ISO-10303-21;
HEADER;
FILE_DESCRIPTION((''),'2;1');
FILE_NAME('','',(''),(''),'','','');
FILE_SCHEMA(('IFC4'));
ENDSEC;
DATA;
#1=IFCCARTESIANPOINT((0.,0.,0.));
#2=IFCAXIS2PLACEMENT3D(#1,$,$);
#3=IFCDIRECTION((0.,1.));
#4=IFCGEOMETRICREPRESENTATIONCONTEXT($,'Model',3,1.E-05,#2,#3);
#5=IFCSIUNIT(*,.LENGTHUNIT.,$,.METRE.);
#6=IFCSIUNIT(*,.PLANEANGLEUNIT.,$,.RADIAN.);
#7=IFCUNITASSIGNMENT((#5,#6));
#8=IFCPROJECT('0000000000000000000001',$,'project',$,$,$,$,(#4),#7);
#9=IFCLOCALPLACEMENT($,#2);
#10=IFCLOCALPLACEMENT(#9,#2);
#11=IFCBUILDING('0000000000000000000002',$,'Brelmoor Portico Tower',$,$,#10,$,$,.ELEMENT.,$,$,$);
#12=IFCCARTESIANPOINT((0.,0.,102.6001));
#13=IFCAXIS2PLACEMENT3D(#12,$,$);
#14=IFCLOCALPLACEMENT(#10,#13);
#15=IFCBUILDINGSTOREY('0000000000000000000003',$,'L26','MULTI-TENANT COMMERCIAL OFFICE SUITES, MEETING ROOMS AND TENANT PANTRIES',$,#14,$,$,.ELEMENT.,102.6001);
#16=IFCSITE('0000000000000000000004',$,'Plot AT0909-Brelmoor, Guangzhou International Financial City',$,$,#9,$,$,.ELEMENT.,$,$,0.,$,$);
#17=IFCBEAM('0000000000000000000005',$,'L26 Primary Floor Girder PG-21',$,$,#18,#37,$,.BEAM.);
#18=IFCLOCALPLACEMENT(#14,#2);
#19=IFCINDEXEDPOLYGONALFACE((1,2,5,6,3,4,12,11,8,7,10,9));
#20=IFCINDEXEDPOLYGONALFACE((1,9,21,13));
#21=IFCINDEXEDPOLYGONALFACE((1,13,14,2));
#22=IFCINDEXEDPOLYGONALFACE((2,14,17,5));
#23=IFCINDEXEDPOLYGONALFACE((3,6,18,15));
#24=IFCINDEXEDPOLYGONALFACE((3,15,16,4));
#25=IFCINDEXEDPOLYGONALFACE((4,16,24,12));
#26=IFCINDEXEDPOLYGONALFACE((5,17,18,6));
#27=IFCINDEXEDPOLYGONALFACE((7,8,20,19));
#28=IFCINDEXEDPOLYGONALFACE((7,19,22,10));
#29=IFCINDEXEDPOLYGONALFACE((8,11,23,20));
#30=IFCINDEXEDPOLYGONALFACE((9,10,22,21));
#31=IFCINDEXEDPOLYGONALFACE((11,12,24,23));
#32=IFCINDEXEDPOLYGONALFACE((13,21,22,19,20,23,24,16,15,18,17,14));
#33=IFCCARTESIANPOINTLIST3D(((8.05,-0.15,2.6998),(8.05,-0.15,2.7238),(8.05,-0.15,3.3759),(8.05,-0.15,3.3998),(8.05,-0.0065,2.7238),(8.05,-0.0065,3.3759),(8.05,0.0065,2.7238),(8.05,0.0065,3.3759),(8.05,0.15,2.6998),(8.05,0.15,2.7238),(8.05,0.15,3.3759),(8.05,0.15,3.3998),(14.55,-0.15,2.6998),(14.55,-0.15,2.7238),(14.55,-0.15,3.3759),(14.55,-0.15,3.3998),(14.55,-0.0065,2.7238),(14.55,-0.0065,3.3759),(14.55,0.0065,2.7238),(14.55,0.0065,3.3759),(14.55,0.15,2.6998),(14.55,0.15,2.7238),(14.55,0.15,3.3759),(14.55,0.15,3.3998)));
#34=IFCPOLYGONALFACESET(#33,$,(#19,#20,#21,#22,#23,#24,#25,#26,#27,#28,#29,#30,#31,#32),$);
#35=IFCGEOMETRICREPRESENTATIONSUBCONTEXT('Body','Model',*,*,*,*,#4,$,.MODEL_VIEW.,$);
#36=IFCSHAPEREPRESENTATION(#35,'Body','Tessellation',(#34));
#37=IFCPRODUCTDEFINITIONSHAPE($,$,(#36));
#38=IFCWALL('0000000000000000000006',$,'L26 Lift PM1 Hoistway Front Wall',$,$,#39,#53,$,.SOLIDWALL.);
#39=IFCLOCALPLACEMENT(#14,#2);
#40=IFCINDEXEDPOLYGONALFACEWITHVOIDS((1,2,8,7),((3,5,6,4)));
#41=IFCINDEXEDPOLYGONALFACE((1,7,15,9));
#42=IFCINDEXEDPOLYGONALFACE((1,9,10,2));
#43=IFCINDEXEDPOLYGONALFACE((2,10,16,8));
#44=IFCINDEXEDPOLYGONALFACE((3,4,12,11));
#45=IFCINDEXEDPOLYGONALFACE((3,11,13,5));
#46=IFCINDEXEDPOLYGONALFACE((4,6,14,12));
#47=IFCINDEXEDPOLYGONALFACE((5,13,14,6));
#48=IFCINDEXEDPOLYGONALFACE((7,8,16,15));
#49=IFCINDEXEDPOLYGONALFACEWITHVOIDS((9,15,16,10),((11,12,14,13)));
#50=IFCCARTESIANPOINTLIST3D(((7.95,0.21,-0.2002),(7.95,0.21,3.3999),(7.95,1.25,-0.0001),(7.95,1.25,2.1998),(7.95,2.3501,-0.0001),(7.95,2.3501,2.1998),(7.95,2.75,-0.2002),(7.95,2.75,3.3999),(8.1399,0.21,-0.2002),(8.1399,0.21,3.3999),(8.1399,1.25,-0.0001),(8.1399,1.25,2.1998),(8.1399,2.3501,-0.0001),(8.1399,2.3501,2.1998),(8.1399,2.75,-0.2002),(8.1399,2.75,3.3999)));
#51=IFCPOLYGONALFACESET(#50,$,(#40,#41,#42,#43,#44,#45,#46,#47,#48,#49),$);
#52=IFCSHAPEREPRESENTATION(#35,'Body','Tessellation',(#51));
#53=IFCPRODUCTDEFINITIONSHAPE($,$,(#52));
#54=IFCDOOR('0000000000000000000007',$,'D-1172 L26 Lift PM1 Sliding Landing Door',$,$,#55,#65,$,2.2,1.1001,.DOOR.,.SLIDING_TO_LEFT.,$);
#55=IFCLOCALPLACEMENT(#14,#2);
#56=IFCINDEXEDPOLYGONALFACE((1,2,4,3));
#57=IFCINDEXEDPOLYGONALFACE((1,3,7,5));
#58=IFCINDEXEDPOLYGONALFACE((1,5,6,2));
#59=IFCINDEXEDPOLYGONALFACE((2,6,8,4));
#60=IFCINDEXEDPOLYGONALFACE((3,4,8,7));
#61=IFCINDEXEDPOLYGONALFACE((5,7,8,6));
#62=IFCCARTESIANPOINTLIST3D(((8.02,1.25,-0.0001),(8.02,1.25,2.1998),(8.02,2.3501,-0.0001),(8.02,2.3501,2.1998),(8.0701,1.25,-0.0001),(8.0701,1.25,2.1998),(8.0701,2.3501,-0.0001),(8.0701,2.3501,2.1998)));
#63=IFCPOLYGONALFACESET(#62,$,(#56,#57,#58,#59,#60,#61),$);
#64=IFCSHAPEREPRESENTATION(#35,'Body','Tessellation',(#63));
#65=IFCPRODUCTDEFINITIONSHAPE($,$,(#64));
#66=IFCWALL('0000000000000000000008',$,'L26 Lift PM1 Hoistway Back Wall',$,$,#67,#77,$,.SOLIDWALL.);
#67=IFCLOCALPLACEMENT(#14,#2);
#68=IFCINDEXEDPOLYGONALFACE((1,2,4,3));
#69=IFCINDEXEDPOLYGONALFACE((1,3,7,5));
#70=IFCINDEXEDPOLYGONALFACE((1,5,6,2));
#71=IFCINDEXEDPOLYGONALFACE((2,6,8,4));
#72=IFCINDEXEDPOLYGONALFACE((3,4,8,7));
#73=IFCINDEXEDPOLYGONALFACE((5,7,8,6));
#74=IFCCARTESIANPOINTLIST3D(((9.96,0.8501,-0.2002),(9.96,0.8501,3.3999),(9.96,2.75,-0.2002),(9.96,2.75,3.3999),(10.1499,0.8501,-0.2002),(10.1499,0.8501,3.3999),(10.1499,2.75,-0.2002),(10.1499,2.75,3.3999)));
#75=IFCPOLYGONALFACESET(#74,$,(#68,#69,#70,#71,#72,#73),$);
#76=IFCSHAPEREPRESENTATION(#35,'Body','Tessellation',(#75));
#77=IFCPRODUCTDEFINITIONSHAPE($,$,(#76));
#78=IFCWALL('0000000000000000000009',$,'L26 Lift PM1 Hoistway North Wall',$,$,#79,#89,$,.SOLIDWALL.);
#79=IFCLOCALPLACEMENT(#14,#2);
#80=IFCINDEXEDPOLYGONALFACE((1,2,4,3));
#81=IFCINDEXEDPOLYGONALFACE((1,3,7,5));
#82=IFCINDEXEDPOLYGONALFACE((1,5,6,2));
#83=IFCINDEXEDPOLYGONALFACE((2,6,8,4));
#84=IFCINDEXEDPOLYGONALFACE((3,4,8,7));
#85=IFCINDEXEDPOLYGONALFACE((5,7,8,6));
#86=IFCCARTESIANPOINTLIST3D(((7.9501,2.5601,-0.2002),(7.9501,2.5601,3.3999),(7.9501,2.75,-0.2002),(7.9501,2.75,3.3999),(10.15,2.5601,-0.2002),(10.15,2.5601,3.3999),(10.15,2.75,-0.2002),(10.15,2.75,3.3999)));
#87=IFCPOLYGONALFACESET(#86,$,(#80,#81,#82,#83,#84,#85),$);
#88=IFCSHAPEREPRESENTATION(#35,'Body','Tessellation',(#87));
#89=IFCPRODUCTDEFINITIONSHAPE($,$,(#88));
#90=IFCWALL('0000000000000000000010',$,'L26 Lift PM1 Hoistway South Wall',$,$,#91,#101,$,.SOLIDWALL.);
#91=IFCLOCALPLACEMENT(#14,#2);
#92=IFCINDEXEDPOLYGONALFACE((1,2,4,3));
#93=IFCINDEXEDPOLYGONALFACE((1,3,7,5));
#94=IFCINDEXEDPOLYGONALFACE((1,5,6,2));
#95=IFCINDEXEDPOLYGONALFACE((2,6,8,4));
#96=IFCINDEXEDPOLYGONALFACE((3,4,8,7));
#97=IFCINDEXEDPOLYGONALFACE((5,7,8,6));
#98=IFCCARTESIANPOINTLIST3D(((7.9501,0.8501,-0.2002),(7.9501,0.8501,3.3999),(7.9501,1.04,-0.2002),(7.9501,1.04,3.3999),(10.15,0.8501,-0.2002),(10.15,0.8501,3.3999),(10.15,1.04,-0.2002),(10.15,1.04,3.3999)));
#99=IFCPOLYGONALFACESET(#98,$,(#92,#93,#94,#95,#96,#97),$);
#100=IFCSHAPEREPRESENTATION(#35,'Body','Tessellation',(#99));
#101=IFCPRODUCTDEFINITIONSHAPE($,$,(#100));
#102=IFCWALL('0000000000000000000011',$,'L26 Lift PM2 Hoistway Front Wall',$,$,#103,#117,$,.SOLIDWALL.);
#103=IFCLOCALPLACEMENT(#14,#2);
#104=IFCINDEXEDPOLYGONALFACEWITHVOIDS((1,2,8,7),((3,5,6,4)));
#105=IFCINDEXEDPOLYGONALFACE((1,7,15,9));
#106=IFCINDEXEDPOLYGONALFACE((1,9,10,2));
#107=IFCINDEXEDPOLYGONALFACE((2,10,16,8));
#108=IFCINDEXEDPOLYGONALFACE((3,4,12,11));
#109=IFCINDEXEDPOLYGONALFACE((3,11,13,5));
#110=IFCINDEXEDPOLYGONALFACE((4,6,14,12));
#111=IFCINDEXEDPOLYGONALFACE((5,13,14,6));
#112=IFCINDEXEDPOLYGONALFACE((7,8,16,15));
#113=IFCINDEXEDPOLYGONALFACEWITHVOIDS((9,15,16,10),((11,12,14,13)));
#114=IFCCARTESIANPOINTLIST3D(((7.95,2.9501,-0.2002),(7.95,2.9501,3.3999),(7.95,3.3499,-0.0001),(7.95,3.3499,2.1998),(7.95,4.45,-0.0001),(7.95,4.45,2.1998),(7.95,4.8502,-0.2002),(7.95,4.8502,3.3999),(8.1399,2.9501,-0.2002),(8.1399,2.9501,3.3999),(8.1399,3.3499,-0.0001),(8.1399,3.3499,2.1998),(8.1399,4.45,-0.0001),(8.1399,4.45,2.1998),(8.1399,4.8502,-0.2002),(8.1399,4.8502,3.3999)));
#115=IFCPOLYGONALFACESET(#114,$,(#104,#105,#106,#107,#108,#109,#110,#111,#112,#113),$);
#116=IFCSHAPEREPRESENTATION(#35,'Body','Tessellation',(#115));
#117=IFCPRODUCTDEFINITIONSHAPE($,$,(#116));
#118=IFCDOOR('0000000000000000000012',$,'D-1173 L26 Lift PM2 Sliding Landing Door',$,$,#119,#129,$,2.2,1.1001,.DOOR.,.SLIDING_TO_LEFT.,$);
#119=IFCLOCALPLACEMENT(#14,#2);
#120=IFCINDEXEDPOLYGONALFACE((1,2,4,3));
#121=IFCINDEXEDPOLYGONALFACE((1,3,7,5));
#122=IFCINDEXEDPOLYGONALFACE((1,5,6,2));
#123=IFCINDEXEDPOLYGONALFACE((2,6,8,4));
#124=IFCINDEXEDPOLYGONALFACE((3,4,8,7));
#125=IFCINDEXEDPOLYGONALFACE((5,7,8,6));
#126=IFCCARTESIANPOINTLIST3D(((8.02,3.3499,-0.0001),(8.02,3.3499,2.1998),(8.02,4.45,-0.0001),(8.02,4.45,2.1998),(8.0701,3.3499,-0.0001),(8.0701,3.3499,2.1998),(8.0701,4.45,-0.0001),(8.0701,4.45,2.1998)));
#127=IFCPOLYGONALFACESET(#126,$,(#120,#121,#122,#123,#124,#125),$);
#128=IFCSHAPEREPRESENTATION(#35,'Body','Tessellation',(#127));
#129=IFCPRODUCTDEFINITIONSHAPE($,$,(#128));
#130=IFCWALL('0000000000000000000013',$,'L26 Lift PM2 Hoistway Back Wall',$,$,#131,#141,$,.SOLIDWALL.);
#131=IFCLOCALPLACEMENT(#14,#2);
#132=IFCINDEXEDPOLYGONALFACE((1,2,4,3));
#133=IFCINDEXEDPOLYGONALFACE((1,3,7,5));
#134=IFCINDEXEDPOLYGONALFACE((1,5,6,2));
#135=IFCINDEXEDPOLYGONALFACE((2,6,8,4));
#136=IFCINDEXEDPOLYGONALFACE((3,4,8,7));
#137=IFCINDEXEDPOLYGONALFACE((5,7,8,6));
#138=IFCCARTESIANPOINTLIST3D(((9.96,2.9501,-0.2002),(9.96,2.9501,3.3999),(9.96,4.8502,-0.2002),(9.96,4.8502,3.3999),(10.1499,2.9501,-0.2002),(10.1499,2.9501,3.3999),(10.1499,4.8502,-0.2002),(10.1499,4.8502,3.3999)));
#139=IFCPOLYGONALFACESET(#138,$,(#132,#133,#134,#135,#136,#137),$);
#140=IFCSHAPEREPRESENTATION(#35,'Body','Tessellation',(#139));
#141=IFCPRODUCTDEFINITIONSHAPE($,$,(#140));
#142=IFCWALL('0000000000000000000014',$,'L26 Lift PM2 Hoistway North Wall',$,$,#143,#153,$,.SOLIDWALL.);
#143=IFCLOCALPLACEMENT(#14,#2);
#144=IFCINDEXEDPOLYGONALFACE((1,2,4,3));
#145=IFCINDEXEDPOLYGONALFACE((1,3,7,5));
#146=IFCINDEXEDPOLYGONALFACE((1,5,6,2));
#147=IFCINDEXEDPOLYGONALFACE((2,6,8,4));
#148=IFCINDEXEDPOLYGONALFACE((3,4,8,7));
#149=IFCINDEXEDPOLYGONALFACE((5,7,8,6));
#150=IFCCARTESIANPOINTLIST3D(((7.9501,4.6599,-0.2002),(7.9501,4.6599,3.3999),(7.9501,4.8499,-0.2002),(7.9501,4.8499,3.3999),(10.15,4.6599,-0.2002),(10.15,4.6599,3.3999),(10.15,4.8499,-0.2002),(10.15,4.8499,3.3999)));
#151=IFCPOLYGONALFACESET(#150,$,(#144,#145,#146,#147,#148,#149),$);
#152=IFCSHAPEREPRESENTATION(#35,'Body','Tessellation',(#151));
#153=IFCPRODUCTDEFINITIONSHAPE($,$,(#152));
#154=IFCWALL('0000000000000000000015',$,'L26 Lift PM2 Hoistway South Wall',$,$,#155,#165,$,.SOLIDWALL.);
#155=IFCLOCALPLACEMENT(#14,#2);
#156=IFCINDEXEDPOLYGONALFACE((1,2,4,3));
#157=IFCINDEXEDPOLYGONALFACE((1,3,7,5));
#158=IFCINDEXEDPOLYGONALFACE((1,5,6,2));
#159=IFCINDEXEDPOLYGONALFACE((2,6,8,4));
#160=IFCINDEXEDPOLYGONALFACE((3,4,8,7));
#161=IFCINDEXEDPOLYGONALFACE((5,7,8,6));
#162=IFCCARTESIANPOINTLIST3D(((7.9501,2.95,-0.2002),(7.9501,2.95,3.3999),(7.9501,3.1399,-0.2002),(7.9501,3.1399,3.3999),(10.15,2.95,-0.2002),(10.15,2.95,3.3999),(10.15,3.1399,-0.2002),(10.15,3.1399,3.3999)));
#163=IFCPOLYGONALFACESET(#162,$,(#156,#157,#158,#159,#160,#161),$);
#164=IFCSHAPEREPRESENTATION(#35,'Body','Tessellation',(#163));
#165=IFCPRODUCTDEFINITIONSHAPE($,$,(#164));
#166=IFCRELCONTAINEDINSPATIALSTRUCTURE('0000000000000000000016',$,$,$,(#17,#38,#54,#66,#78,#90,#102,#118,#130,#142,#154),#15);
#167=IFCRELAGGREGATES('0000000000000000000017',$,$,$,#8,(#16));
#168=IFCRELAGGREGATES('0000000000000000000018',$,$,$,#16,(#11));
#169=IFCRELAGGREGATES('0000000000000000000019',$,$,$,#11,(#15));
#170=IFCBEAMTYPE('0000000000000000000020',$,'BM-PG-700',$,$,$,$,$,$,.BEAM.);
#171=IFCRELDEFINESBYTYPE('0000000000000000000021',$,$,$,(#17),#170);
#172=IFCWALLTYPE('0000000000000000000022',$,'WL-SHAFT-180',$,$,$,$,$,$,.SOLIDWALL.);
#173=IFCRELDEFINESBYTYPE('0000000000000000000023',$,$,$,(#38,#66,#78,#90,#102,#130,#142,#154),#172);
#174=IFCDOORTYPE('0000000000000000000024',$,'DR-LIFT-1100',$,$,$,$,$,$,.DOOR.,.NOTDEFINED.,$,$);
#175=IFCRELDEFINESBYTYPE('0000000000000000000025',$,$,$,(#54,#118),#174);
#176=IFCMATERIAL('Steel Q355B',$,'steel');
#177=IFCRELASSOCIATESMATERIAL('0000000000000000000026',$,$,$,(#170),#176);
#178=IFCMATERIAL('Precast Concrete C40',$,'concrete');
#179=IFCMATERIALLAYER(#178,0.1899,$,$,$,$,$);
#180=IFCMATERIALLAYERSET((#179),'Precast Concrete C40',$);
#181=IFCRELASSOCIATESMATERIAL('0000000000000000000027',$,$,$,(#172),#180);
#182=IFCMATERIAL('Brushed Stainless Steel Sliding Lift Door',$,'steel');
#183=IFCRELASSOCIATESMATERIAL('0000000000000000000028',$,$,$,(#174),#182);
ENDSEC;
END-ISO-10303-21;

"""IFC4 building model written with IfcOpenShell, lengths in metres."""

from ifc_helpers import new_model, si_unit, direction, frame, frame_2d, origin, origin_2d, place, context, subcontext, project, spatial, rectangle, i_section, extrude, material, layer, layer_set, material_profile, profile_set, type_object, element, fill, save


model = new_model("IFC4")

# Units and contexts
model_context = context("Model", 3, precision=1e-05, world=origin(), true_north=direction((0.0, 1.0)))
body_context = subcontext(model_context, "Body", "Model", "MODEL_VIEW")
ifc_project = project(units=[si_unit("LENGTHUNIT", "METRE"), si_unit("PLANEANGLEUNIT", "RADIAN")], contexts=[model_context])

# Site, building, storey
site_placement = place(None, origin())
site = spatial("IfcSite", under=ifc_project, at=site_placement, Name="Plot AT0909-Brelmoor, Guangzhou International Financial City", CompositionType="ELEMENT", RefElevation=0.0)
building_placement = place(site_placement, origin())
building = spatial("IfcBuilding", under=site, at=building_placement, Name="Brelmoor Portico Tower", CompositionType="ELEMENT")
storey_placement = place(building_placement, frame((0.0, 0.0, 102.6001)))
storey = spatial("IfcBuildingStorey", under=building, at=storey_placement, Name="L26", Description="MULTI-TENANT COMMERCIAL OFFICE SUITES, MEETING ROOMS AND TENANT PANTRIES", CompositionType="ELEMENT", Elevation=102.6001)

# Beam
ifc_material_1 = material(Name="Steel Q355B", Category="steel")
ifc_material_profile = material_profile(ifc_material_1, i_section(OverallWidth=0.3, OverallDepth=0.7, WebThickness=0.0129, FlangeThickness=0.0239, at=origin_2d()), Name="HN 700x300x13x24")
ifc_profile_set = profile_set([ifc_material_profile], Name="Steel Q355B")
beam_type = type_object("IfcBeamType", Name="BM-PG-700", PredefinedType="BEAM", material=ifc_profile_set)
beam_placement = place(storey_placement, frame((8.05, 0.0, 3.0498), z_axis=(1.0, 0.0, 0.0), x_axis=(0.0, 1.0, 0.0)))
element("IfcBeam", 1, at=beam_placement, inside=storey, type_object=beam_type, Name="L26 Primary Floor Girder PG-21", PredefinedType="BEAM", context=body_context, shape_type="SweptSolid", body=[
    extrude(i_section(OverallWidth=0.3, OverallDepth=0.7, WebThickness=0.0129, FlangeThickness=0.0239, at=origin_2d()), origin(), (0.0, 0.0, 1.0), 6.5),
])

# Wall, opening, door
ifc_material_2 = material(Name="Precast Concrete C40", Category="concrete")
ifc_layer_1 = layer(ifc_material_2, 0.1899)
ifc_layer_set_1 = layer_set([ifc_layer_1], Name="Precast Concrete C40")
wall_type_1 = type_object("IfcWallType", Name="WL-SHAFT-180", PredefinedType="SOLIDWALL", material=ifc_layer_set_1)
wall_1_placement = place(storey_placement, frame((8.0449, 0.21, -0.2002), z_axis=(0.0, 0.0, 1.0), x_axis=(0.0, 1.0, 0.0)))
wall_1 = element("IfcWall", 2, at=wall_1_placement, inside=storey, type_object=wall_type_1, Name="L26 Lift PM1 Hoistway Front Wall", PredefinedType="SOLIDWALL", context=body_context, shape_type="SweptSolid", body=[
    extrude(rectangle(XDim=2.54, YDim=0.1899, at=frame_2d((1.27, 0.0))), origin(), (0.0, 0.0, 1.0), 3.6001),
])
opening_1_placement = place(wall_1_placement, frame((1.04, 0.0, 0.2)))
opening_1 = element("IfcOpeningElement", 3, at=opening_1_placement, cuts=wall_1, PredefinedType="OPENING", context=body_context, shape_type="SweptSolid", body=[
    extrude(rectangle(XDim=1.1001, YDim=2.2, at=frame_2d((0.55, 1.1001))), frame((0.0, 0.105, 0.0), z_axis=(0.0, -1.0, 0.0), x_axis=(1.0, 0.0, 0.0)), (0.0, 0.0, 1.0), 0.21),
])
ifc_material_3 = material(Name="Brushed Stainless Steel Sliding Lift Door", Category="steel")
door_type_1 = type_object("IfcDoorType", Name="DR-LIFT-1100", OperationType="NOTDEFINED", PredefinedType="DOOR", material=ifc_material_3)
door_1_placement = place(opening_1_placement, origin())
door_1 = element("IfcDoor", 4, at=door_1_placement, inside=storey, type_object=door_type_1, Name="D-1172 L26 Lift PM1 Sliding Landing Door", OperationType="SLIDING_TO_LEFT", OverallHeight=2.2, OverallWidth=1.1001, PredefinedType="DOOR", context=body_context, shape_type="SweptSolid", body=[
    extrude(rectangle(XDim=1.1001, YDim=2.2, at=frame_2d((0.55, 1.1001))), frame((0.0, 0.0249, 0.0), z_axis=(0.0, -1.0, 0.0), x_axis=(1.0, 0.0, 0.0)), (0.0, 0.0, 1.0), 0.05),
])
fill(opening_1, door_1)

# Walls
wall_2_placement = place(storey_placement, frame((10.0549, 0.8501, -0.2002), z_axis=(0.0, 0.0, 1.0), x_axis=(0.0, 1.0, 0.0)))
element("IfcWall", 5, at=wall_2_placement, inside=storey, type_object=wall_type_1, Name="L26 Lift PM1 Hoistway Back Wall", PredefinedType="SOLIDWALL", context=body_context, shape_type="SweptSolid", body=[
    extrude(rectangle(XDim=1.8999, YDim=0.1899, at=frame_2d((0.95, 0.0))), origin(), (0.0, 0.0, 1.0), 3.6001),
])
for number, where, z_axis, x_axis, name in (
    (6, (7.95, 2.655, -0.2002), (0.0, 0.0, 1.0), (1.0, 0.0, 0.0), "L26 Lift PM1 Hoistway North Wall"),
    (7, (7.95, 0.9451, -0.2002), (0.0, 0.0, 1.0), (1.0, 0.0, 0.0), "L26 Lift PM1 Hoistway South Wall"),
):
    element("IfcWall", number, at=place(storey_placement, frame(where, z_axis=z_axis, x_axis=x_axis)), inside=storey, type_object=wall_type_1, Name=name, PredefinedType="SOLIDWALL", context=body_context, shape_type="SweptSolid", body=[
        extrude(rectangle(XDim=2.2, YDim=0.1899, at=frame_2d((1.1001, 0.0))), origin(), (0.0, 0.0, 1.0), 3.6001),
    ])

# Wall, opening, door
wall_3_placement = place(storey_placement, frame((8.0449, 2.95, -0.2002), z_axis=(0.0, 0.0, 1.0), x_axis=(0.0, 1.0, 0.0)))
wall_3 = element("IfcWall", 8, at=wall_3_placement, inside=storey, type_object=wall_type_1, Name="L26 Lift PM2 Hoistway Front Wall", PredefinedType="SOLIDWALL", context=body_context, shape_type="SweptSolid", body=[
    extrude(rectangle(XDim=1.9001, YDim=0.1899, at=frame_2d((0.9502, 0.0))), origin(), (0.0, 0.0, 1.0), 3.6001),
])
opening_2_placement = place(wall_3_placement, frame((0.3999, 0.0, 0.2)))
opening_2 = element("IfcOpeningElement", 9, at=opening_2_placement, cuts=wall_3, PredefinedType="OPENING", context=body_context, shape_type="SweptSolid", body=[
    extrude(rectangle(XDim=1.1001, YDim=2.2, at=frame_2d((0.55, 1.1001))), frame((0.0, 0.105, 0.0), z_axis=(0.0, -1.0, 0.0), x_axis=(1.0, 0.0, 0.0)), (0.0, 0.0, 1.0), 0.21),
])
door_2_placement = place(opening_2_placement, origin())
door_2 = element("IfcDoor", 10, at=door_2_placement, inside=storey, type_object=door_type_1, Name="D-1173 L26 Lift PM2 Sliding Landing Door", OperationType="SLIDING_TO_LEFT", OverallHeight=2.2, OverallWidth=1.1001, PredefinedType="DOOR", context=body_context, shape_type="SweptSolid", body=[
    extrude(rectangle(XDim=1.1001, YDim=2.2, at=frame_2d((0.55, 1.1001))), frame((0.0, 0.0249, 0.0), z_axis=(0.0, -1.0, 0.0), x_axis=(1.0, 0.0, 0.0)), (0.0, 0.0, 1.0), 0.05),
])
fill(opening_2, door_2)

# Walls
wall_4_placement = place(storey_placement, frame((10.0549, 2.95, -0.2002), z_axis=(0.0, 0.0, 1.0), x_axis=(0.0, 1.0, 0.0)))
element("IfcWall", 11, at=wall_4_placement, inside=storey, type_object=wall_type_1, Name="L26 Lift PM2 Hoistway Back Wall", PredefinedType="SOLIDWALL", context=body_context, shape_type="SweptSolid", body=[
    extrude(rectangle(XDim=1.9001, YDim=0.1899, at=frame_2d((0.9502, 0.0))), origin(), (0.0, 0.0, 1.0), 3.6001),
])
for number, where, z_axis, x_axis, name in (
    (12, (7.95, 4.7549, -0.2002), (0.0, 0.0, 1.0), (1.0, 0.0, 0.0), "L26 Lift PM2 Hoistway North Wall"),
    (13, (7.95, 3.0449, -0.2002), (0.0, 0.0, 1.0), (1.0, 0.0, 0.0), "L26 Lift PM2 Hoistway South Wall"),
):
    element("IfcWall", number, at=place(storey_placement, frame(where, z_axis=z_axis, x_axis=x_axis)), inside=storey, type_object=wall_type_1, Name=name, PredefinedType="SOLIDWALL", context=body_context, shape_type="SweptSolid", body=[
        extrude(rectangle(XDim=2.2, YDim=0.1899, at=frame_2d((1.1001, 0.0))), origin(), (0.0, 0.0, 1.0), 3.6001),
    ])

save(model, "model.ifc")
